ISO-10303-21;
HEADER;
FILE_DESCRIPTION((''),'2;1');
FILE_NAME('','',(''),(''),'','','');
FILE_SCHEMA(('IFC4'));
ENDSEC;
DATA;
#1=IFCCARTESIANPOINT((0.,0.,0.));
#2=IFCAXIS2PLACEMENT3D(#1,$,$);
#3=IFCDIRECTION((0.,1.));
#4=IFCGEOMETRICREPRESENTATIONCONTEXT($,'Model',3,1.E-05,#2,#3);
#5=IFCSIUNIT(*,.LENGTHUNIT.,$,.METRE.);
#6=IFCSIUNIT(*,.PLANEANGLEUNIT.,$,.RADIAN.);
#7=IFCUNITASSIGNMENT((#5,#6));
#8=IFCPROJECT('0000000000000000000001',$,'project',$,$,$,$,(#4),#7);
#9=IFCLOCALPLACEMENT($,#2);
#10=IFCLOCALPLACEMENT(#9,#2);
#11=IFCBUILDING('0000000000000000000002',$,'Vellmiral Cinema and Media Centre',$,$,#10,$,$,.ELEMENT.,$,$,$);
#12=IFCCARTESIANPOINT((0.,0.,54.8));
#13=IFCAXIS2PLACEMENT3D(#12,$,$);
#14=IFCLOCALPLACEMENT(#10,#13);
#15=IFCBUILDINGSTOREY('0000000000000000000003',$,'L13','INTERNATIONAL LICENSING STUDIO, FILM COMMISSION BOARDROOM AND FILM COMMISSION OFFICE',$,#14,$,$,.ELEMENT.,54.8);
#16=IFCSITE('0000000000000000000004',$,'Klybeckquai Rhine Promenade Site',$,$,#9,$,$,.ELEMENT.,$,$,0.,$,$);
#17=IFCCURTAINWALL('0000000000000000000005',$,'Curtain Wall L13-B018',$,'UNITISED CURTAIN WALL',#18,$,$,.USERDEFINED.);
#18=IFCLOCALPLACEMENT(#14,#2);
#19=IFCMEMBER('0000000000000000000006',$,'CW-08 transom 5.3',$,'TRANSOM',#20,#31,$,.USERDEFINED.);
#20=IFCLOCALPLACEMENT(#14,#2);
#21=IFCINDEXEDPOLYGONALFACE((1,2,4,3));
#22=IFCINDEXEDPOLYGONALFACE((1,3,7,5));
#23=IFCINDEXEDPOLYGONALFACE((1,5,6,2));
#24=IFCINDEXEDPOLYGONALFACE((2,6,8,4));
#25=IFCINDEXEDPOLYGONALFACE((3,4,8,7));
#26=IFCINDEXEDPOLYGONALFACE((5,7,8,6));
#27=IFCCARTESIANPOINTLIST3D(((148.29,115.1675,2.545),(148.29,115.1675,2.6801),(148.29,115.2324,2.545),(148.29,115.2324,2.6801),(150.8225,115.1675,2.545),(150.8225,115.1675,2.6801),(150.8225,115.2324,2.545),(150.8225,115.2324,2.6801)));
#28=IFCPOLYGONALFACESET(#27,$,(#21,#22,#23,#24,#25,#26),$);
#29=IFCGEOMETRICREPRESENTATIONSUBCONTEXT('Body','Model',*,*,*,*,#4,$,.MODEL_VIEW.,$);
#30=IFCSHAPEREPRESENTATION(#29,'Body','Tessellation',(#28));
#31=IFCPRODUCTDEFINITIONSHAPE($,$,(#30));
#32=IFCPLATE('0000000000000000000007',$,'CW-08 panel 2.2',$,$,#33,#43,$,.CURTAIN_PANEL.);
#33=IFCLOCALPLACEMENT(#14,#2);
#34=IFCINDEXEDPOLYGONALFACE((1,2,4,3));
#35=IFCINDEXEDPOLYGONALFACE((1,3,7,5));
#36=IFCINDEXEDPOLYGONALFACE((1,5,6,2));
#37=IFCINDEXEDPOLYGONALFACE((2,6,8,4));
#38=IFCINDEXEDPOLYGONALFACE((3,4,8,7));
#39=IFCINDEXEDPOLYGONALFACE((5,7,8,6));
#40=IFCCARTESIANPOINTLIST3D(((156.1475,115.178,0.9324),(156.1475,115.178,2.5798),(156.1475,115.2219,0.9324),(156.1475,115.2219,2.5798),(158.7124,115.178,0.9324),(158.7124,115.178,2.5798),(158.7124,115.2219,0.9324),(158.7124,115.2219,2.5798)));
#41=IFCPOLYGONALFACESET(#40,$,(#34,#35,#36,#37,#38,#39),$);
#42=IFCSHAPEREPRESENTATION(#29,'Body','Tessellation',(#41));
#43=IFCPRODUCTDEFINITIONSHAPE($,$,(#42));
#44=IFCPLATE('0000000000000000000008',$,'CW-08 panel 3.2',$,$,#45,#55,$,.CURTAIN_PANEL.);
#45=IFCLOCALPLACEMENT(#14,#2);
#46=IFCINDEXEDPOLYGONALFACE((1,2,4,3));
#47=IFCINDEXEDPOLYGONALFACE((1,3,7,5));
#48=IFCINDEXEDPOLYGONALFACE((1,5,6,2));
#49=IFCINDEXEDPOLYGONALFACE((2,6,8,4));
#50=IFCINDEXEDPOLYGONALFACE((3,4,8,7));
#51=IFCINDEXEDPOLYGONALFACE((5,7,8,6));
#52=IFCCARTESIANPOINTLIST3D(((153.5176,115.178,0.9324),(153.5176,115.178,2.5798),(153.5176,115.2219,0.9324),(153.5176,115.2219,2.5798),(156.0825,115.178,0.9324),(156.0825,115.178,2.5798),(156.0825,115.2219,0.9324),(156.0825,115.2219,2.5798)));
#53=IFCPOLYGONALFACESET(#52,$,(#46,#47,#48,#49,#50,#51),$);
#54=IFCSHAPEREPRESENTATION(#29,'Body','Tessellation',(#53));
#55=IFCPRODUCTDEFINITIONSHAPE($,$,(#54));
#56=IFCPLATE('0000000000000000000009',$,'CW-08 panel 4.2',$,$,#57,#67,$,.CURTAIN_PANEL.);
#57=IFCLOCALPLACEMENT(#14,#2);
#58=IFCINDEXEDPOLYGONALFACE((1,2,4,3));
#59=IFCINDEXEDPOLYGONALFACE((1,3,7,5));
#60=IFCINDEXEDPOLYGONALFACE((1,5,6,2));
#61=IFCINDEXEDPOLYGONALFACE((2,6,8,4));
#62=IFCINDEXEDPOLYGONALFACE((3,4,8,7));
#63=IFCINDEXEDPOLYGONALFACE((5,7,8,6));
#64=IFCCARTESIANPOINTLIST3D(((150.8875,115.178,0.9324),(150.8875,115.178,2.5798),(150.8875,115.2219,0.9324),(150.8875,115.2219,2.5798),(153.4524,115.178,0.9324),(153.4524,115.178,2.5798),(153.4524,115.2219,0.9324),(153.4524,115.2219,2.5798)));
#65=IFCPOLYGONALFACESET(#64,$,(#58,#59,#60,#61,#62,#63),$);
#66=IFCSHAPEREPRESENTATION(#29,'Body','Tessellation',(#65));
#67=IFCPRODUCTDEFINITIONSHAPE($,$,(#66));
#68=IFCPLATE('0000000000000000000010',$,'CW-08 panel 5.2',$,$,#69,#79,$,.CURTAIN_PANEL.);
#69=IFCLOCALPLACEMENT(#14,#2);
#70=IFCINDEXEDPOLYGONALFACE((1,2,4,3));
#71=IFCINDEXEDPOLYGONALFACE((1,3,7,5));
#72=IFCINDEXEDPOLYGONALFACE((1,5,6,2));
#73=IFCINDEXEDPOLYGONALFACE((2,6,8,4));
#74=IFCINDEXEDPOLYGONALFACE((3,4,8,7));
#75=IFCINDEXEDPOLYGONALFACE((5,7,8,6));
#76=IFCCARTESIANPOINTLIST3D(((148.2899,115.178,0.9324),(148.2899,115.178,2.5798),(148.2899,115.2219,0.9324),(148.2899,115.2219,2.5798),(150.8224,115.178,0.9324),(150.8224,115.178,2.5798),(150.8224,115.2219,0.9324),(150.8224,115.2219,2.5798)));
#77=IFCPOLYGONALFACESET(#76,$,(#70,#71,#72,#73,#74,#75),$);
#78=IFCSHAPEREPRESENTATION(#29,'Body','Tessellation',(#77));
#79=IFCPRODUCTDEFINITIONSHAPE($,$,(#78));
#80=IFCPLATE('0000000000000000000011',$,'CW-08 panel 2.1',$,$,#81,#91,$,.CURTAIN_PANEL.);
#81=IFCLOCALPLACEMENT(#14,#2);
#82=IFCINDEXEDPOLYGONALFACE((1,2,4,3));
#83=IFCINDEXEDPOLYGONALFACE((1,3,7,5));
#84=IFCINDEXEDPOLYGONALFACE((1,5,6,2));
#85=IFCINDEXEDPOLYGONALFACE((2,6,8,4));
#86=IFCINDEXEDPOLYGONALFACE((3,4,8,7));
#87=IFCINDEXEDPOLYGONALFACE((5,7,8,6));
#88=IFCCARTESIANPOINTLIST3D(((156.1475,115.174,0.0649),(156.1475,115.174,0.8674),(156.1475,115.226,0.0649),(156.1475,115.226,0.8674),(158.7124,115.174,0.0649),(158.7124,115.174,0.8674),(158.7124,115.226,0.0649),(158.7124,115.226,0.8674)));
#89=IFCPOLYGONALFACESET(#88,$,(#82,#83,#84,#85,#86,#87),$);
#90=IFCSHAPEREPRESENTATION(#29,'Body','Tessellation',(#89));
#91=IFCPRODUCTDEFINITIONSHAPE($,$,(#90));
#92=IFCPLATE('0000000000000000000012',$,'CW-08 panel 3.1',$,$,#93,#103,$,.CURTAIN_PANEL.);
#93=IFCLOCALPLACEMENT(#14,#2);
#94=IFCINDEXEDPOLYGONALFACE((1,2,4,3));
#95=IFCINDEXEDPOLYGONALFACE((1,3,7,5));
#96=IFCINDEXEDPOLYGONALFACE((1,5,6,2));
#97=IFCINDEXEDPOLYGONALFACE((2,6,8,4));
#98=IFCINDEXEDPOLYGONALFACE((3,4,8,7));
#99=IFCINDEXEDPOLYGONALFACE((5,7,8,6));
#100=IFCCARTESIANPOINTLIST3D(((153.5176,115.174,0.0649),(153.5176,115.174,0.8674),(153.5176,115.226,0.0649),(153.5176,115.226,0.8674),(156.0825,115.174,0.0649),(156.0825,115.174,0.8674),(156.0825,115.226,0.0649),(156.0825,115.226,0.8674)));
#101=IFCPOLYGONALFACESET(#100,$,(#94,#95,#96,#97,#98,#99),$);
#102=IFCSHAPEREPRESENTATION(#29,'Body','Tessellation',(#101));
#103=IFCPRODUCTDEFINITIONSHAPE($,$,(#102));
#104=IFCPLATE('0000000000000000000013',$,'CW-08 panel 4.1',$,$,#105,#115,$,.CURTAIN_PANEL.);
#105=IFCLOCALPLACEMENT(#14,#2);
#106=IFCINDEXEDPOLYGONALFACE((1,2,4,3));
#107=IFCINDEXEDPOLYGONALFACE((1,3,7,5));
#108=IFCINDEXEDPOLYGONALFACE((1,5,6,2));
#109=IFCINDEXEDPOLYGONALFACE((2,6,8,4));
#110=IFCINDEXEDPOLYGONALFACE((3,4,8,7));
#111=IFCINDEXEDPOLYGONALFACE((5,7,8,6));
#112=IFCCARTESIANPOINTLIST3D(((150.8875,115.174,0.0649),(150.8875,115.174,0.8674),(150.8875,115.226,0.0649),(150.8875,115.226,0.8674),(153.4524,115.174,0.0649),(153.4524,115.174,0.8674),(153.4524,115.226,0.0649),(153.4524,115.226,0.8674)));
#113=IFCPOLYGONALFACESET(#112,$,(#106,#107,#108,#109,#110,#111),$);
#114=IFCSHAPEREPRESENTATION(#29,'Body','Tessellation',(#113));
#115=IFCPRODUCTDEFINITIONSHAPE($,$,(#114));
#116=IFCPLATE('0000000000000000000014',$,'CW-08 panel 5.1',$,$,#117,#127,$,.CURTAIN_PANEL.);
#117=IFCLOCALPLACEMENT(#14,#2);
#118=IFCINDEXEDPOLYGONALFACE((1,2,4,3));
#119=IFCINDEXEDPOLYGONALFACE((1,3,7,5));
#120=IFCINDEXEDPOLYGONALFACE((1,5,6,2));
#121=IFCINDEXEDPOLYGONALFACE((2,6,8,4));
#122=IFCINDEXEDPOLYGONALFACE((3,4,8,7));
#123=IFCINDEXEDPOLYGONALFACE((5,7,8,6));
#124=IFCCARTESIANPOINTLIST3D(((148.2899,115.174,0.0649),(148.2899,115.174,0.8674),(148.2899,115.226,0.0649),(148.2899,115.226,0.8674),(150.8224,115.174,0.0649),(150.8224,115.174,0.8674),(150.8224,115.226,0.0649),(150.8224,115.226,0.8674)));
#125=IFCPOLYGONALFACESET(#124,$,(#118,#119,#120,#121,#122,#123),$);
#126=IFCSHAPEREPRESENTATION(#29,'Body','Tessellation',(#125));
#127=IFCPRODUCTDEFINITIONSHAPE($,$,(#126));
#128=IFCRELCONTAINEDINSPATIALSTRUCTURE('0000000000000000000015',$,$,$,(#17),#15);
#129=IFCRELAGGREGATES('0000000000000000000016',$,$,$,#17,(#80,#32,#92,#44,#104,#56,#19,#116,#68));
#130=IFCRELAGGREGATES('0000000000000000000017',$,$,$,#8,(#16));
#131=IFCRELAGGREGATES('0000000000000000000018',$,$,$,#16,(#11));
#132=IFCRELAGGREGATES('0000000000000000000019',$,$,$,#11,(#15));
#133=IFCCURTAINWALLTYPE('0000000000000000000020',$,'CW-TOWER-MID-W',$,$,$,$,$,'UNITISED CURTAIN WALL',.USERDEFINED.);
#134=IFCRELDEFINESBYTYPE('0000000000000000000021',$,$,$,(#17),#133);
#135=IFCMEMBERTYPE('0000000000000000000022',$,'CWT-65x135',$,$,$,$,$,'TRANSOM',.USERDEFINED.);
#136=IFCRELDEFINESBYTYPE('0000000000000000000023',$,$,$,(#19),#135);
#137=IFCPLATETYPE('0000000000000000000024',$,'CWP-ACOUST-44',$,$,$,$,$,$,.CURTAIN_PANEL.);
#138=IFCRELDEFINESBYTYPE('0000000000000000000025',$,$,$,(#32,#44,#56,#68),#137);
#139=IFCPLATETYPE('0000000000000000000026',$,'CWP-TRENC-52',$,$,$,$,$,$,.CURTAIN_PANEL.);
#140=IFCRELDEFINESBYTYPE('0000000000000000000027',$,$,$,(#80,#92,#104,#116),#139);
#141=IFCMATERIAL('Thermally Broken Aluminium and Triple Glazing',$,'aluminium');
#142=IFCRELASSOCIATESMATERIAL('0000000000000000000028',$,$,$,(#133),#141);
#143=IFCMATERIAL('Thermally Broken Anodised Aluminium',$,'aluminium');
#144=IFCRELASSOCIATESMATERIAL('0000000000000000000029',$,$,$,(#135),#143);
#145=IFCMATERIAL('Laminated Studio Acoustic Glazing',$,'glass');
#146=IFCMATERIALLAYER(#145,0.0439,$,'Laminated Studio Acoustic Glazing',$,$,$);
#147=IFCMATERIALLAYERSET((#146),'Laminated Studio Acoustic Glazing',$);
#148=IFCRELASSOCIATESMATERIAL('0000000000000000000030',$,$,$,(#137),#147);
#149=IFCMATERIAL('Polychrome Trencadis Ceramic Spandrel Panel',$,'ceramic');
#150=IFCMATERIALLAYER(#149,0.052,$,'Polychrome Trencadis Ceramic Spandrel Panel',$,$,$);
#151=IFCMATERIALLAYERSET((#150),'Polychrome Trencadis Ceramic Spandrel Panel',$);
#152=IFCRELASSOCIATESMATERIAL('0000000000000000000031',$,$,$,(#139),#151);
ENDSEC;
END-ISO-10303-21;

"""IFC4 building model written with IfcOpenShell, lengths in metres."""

from ifc_helpers import new_model, si_unit, direction, frame, origin, origin_2d, place, context, subcontext, project, spatial, rectangle, extrude, material, layer, layer_set, material_profile, profile_set, type_object, element, aggregate, save


model = new_model("IFC4")

# Units and contexts
model_context = context("Model", 3, precision=1e-05, world=origin(), true_north=direction((0.0, 1.0)))
body_context = subcontext(model_context, "Body", "Model", "MODEL_VIEW")
ifc_project = project(units=[si_unit("LENGTHUNIT", "METRE"), si_unit("PLANEANGLEUNIT", "RADIAN")], contexts=[model_context])

# Site, building, storey
site_placement = place(None, origin())
site = spatial("IfcSite", under=ifc_project, at=site_placement, Name="Klybeckquai Rhine Promenade Site", CompositionType="ELEMENT", RefElevation=0.0)
building_placement = place(site_placement, origin())
building = spatial("IfcBuilding", under=site, at=building_placement, Name="Vellmiral Cinema and Media Centre", CompositionType="ELEMENT")
storey_placement = place(building_placement, frame((0.0, 0.0, 54.8)))
storey = spatial("IfcBuildingStorey", under=building, at=storey_placement, Name="L13", Description="INTERNATIONAL LICENSING STUDIO, FILM COMMISSION BOARDROOM AND FILM COMMISSION OFFICE", CompositionType="ELEMENT", Elevation=54.8)

# Curtain wall, member, plates
ifc_material_1 = material(Name="Thermally Broken Aluminium and Triple Glazing", Category="aluminium")
curtain_wall_type = type_object("IfcCurtainWallType", Name="CW-TOWER-MID-W", ElementType="UNITISED CURTAIN WALL", PredefinedType="USERDEFINED", material=ifc_material_1)
curtain_wall_placement = place(storey_placement, origin())
curtain_wall = element("IfcCurtainWall", 1, at=curtain_wall_placement, inside=storey, type_object=curtain_wall_type, Name="Curtain Wall L13-B018", ObjectType="UNITISED CURTAIN WALL", PredefinedType="USERDEFINED")
ifc_material_2 = material(Name="Thermally Broken Anodised Aluminium", Category="aluminium")
ifc_material_profile_1 = material_profile(ifc_material_2, rectangle(XDim=0.0649, YDim=0.135, at=origin_2d()), Name="MULL 65x135")
ifc_profile_set_1 = profile_set([ifc_material_profile_1], Name="Thermally Broken Anodised Aluminium")
member_type_1 = type_object("IfcMemberType", Name="CWT-65x135", ElementType="TRANSOM", PredefinedType="USERDEFINED", material=ifc_profile_set_1)
member_1_placement = place(storey_placement, frame((150.8225, 115.2, 2.6125), z_axis=(-1.0, 0.0, 0.0), x_axis=(0.0, -1.0, 0.0)))
member_1 = element("IfcMember", 2, at=member_1_placement, type_object=member_type_1, Name="CW-08 transom 5.3", ObjectType="TRANSOM", PredefinedType="USERDEFINED", context=body_context, shape_type="SweptSolid", body=[
    extrude(rectangle(XDim=0.0649, YDim=0.135, at=origin_2d()), origin(), (0.0, 0.0, 1.0), 2.5325),
])
ifc_material_3 = material(Name="Laminated Studio Acoustic Glazing", Category="glass")
ifc_layer_1 = layer(ifc_material_3, 0.0439, Name="Laminated Studio Acoustic Glazing")
ifc_layer_set_1 = layer_set([ifc_layer_1], Name="Laminated Studio Acoustic Glazing")
plate_type_1 = type_object("IfcPlateType", Name="CWP-ACOUST-44", PredefinedType="CURTAIN_PANEL", material=ifc_layer_set_1)
plate_1_placement = place(storey_placement, frame((157.4299, 115.2, 0.9324), z_axis=(0.0, 0.0, 1.0), x_axis=(-1.0, 0.0, 0.0)))
plate_1 = element("IfcPlate", 3, at=plate_1_placement, type_object=plate_type_1, Name="CW-08 panel 2.2", PredefinedType="CURTAIN_PANEL", context=body_context, shape_type="SweptSolid", body=[
    extrude(rectangle(XDim=2.5649, YDim=0.0439, at=origin_2d()), origin(), (0.0, 0.0, 1.0), 1.6475),
])
plate_2_placement = place(storey_placement, frame((154.8, 115.2, 0.9324), z_axis=(0.0, 0.0, 1.0), x_axis=(-1.0, 0.0, 0.0)))
plate_2 = element("IfcPlate", 4, at=plate_2_placement, type_object=plate_type_1, Name="CW-08 panel 3.2", PredefinedType="CURTAIN_PANEL", context=body_context, shape_type="SweptSolid", body=[
    extrude(rectangle(XDim=2.5649, YDim=0.0439, at=origin_2d()), origin(), (0.0, 0.0, 1.0), 1.6475),
])
plate_3_placement = place(storey_placement, frame((152.1699, 115.2, 0.9324), z_axis=(0.0, 0.0, 1.0), x_axis=(-1.0, 0.0, 0.0)))
plate_3 = element("IfcPlate", 5, at=plate_3_placement, type_object=plate_type_1, Name="CW-08 panel 4.2", PredefinedType="CURTAIN_PANEL", context=body_context, shape_type="SweptSolid", body=[
    extrude(rectangle(XDim=2.5649, YDim=0.0439, at=origin_2d()), origin(), (0.0, 0.0, 1.0), 1.6475),
])
plate_4_placement = place(storey_placement, frame((149.5562, 115.2, 0.9324), z_axis=(0.0, 0.0, 1.0), x_axis=(-1.0, 0.0, 0.0)))
plate_4 = element("IfcPlate", 6, at=plate_4_placement, type_object=plate_type_1, Name="CW-08 panel 5.2", PredefinedType="CURTAIN_PANEL", context=body_context, shape_type="SweptSolid", body=[
    extrude(rectangle(XDim=2.5325, YDim=0.0439, at=origin_2d()), origin(), (0.0, 0.0, 1.0), 1.6475),
])
ifc_material_4 = material(Name="Polychrome Trencadis Ceramic Spandrel Panel", Category="ceramic")
ifc_layer_2 = layer(ifc_material_4, 0.052, Name="Polychrome Trencadis Ceramic Spandrel Panel")
ifc_layer_set_2 = layer_set([ifc_layer_2], Name="Polychrome Trencadis Ceramic Spandrel Panel")
plate_type_2 = type_object("IfcPlateType", Name="CWP-TRENC-52", PredefinedType="CURTAIN_PANEL", material=ifc_layer_set_2)
plate_5_placement = place(storey_placement, frame((157.4299, 115.2, 0.0649), z_axis=(0.0, 0.0, 1.0), x_axis=(-1.0, 0.0, 0.0)))
plate_5 = element("IfcPlate", 7, at=plate_5_placement, type_object=plate_type_2, Name="CW-08 panel 2.1", PredefinedType="CURTAIN_PANEL", context=body_context, shape_type="SweptSolid", body=[
    extrude(rectangle(XDim=2.5649, YDim=0.052, at=origin_2d()), origin(), (0.0, 0.0, 1.0), 0.8025),
])
plate_6_placement = place(storey_placement, frame((154.8, 115.2, 0.0649), z_axis=(0.0, 0.0, 1.0), x_axis=(-1.0, 0.0, 0.0)))
plate_6 = element("IfcPlate", 8, at=plate_6_placement, type_object=plate_type_2, Name="CW-08 panel 3.1", PredefinedType="CURTAIN_PANEL", context=body_context, shape_type="SweptSolid", body=[
    extrude(rectangle(XDim=2.5649, YDim=0.052, at=origin_2d()), origin(), (0.0, 0.0, 1.0), 0.8025),
])
plate_7_placement = place(storey_placement, frame((152.1699, 115.2, 0.0649), z_axis=(0.0, 0.0, 1.0), x_axis=(-1.0, 0.0, 0.0)))
plate_7 = element("IfcPlate", 9, at=plate_7_placement, type_object=plate_type_2, Name="CW-08 panel 4.1", PredefinedType="CURTAIN_PANEL", context=body_context, shape_type="SweptSolid", body=[
    extrude(rectangle(XDim=2.5649, YDim=0.052, at=origin_2d()), origin(), (0.0, 0.0, 1.0), 0.8025),
])
plate_8_placement = place(storey_placement, frame((149.5562, 115.2, 0.0649), z_axis=(0.0, 0.0, 1.0), x_axis=(-1.0, 0.0, 0.0)))
plate_8 = element("IfcPlate", 10, at=plate_8_placement, type_object=plate_type_2, Name="CW-08 panel 5.1", PredefinedType="CURTAIN_PANEL", context=body_context, shape_type="SweptSolid", body=[
    extrude(rectangle(XDim=2.5325, YDim=0.052, at=origin_2d()), origin(), (0.0, 0.0, 1.0), 0.8025),
])
aggregate(curtain_wall, [plate_5, plate_1, plate_6, plate_2, plate_7, plate_3, member_1, plate_8, plate_4])

save(model, "model.ifc")
